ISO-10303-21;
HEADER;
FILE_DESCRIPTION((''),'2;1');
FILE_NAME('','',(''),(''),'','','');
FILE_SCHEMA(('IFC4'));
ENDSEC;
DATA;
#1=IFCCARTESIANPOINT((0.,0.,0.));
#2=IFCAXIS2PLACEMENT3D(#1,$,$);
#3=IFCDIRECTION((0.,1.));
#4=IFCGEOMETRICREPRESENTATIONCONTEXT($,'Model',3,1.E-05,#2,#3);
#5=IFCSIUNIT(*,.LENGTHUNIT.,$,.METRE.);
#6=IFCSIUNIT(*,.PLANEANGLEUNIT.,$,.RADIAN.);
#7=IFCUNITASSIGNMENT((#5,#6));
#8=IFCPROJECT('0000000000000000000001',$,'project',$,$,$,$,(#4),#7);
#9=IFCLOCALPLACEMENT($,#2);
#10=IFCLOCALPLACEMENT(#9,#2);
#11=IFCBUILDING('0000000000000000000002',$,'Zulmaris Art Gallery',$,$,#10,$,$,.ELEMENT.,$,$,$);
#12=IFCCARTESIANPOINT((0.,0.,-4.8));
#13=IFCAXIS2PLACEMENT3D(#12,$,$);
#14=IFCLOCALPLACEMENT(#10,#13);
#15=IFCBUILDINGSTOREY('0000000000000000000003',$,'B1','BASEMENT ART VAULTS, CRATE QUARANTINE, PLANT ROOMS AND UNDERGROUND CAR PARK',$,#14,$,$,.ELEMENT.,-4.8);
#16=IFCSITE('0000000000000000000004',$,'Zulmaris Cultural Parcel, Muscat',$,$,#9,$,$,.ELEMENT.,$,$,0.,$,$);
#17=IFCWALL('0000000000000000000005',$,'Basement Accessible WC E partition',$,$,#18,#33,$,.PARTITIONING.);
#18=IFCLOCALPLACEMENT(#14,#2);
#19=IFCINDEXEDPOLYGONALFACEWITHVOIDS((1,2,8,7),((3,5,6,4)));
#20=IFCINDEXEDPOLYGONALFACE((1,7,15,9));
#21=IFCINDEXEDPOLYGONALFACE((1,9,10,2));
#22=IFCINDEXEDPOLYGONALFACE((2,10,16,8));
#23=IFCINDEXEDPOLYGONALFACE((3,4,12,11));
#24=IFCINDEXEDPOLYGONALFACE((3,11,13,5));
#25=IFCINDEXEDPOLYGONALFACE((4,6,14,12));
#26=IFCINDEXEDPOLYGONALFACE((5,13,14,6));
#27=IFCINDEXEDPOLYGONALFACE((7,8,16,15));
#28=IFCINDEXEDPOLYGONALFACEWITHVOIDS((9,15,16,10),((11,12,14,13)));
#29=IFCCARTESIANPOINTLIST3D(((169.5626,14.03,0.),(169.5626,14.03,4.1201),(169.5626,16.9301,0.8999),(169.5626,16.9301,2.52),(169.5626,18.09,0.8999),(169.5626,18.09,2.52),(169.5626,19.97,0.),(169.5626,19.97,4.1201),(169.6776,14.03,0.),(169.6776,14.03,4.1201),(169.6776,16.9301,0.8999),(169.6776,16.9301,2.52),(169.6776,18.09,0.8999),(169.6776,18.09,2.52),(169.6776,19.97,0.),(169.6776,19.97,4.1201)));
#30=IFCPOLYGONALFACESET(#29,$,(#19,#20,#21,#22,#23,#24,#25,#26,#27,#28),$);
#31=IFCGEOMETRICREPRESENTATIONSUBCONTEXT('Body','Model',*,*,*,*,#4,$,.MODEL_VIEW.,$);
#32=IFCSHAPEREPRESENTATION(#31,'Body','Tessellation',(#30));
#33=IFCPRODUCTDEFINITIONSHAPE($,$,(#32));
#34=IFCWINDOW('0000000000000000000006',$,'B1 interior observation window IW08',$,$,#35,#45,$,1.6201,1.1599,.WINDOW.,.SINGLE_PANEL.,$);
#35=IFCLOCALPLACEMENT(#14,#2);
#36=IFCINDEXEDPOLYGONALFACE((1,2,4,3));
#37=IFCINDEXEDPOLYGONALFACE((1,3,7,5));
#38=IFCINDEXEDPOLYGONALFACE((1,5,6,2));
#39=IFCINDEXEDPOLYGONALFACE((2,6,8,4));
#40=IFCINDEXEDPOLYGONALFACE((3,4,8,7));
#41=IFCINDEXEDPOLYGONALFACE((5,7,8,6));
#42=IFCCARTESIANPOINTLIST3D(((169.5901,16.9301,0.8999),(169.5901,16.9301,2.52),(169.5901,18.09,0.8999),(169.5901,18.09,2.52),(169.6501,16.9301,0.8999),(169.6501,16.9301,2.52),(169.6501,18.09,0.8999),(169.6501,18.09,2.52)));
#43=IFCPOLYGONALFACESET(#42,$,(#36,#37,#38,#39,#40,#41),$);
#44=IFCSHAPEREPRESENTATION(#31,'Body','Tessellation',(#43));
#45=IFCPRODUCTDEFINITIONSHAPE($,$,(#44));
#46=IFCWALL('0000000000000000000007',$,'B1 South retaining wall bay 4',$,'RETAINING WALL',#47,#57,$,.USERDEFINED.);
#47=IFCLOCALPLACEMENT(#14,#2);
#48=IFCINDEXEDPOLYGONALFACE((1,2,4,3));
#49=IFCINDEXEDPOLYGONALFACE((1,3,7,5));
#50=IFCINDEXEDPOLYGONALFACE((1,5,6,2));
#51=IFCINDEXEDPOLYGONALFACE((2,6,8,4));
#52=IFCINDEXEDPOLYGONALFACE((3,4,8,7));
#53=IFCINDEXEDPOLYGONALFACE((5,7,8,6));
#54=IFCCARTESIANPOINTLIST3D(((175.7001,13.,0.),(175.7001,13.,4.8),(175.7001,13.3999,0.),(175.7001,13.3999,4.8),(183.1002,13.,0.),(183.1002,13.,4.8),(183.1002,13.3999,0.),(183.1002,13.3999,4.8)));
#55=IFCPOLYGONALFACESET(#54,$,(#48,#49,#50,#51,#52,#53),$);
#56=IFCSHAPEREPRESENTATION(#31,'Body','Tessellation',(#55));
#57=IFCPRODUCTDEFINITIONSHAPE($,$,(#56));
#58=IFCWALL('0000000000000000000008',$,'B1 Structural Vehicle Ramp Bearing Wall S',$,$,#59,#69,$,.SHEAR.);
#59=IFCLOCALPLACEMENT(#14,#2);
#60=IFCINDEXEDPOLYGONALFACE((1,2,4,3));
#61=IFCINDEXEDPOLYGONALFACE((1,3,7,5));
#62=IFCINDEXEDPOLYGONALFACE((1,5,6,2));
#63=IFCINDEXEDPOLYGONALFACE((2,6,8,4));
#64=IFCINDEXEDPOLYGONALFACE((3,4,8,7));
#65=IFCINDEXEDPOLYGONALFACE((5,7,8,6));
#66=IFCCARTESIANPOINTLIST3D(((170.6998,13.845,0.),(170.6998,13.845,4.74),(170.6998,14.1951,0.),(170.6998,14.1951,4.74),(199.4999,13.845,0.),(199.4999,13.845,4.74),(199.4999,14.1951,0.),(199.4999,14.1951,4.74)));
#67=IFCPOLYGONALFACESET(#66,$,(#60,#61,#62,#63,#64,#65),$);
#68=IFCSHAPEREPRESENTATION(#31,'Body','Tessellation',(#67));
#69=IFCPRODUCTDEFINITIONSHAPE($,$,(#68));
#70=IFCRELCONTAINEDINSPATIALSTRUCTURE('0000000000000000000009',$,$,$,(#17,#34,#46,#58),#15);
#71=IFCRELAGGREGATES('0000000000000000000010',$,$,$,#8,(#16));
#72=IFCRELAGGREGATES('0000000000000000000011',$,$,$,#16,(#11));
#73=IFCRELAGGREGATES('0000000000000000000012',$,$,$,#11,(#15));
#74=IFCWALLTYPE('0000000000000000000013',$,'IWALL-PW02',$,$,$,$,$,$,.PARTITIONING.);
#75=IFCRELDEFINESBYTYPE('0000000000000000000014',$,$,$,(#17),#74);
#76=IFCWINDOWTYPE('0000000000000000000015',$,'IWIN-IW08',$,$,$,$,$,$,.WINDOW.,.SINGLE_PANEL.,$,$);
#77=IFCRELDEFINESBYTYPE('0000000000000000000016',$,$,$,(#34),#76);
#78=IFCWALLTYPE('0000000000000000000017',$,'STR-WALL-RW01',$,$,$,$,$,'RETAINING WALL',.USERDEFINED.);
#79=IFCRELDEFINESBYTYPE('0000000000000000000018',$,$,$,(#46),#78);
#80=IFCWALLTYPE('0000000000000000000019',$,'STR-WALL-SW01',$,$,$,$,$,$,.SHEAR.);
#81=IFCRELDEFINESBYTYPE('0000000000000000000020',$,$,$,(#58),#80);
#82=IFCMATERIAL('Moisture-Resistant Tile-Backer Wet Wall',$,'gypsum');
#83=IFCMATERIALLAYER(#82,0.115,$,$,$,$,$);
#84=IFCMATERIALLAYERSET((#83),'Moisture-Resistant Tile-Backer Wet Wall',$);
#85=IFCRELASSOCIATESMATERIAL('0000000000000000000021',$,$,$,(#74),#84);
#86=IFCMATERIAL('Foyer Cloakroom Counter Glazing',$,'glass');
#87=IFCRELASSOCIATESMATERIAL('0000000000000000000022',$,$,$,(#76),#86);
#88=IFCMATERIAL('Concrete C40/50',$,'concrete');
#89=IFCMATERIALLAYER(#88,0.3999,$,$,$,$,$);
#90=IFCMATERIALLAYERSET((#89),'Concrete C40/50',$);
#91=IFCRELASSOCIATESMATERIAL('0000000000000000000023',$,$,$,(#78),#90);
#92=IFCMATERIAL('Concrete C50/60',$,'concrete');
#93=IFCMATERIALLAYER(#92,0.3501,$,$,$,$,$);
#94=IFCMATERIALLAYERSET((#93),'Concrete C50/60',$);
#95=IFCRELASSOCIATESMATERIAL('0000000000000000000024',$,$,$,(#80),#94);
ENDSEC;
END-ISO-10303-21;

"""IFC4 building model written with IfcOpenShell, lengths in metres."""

from ifc_helpers import new_model, si_unit, direction, frame, frame_2d, origin, place, context, subcontext, project, spatial, rectangle, extrude, material, layer, layer_set, type_object, element, fill, save


model = new_model("IFC4")

# Units and contexts
model_context = context("Model", 3, precision=1e-05, world=origin(), true_north=direction((0.0, 1.0)))
body_context = subcontext(model_context, "Body", "Model", "MODEL_VIEW")
ifc_project = project(units=[si_unit("LENGTHUNIT", "METRE"), si_unit("PLANEANGLEUNIT", "RADIAN")], contexts=[model_context])

# Site, building, storey
site_placement = place(None, origin())
site = spatial("IfcSite", under=ifc_project, at=site_placement, Name="Zulmaris Cultural Parcel, Muscat", CompositionType="ELEMENT", RefElevation=0.0)
building_placement = place(site_placement, origin())
building = spatial("IfcBuilding", under=site, at=building_placement, Name="Zulmaris Art Gallery", CompositionType="ELEMENT")
storey_placement = place(building_placement, frame((0.0, 0.0, -4.8)))
storey = spatial("IfcBuildingStorey", under=building, at=storey_placement, Name="B1", Description="BASEMENT ART VAULTS, CRATE QUARANTINE, PLANT ROOMS AND UNDERGROUND CAR PARK", CompositionType="ELEMENT", Elevation=-4.8)

# Shared definitions
ifc_material_1 = material(Name="Concrete C40/50", Category="concrete")

# Shared definitions
ifc_material_2 = material(Name="Concrete C50/60", Category="concrete")

# Wall, opening, window
ifc_material_3 = material(Name="Moisture-Resistant Tile-Backer Wet Wall", Category="gypsum")
ifc_layer_1 = layer(ifc_material_3, 0.115)
ifc_layer_set_1 = layer_set([ifc_layer_1], Name="Moisture-Resistant Tile-Backer Wet Wall")
wall_type_1 = type_object("IfcWallType", Name="IWALL-PW02", PredefinedType="PARTITIONING", material=ifc_layer_set_1)
wall_1_placement = place(storey_placement, frame((169.6201, 14.03, 0.0), z_axis=(0.0, 0.0, 1.0), x_axis=(0.0, 1.0, 0.0)))
wall_1 = element("IfcWall", 1, at=wall_1_placement, inside=storey, type_object=wall_type_1, Name="Basement Accessible WC E partition", PredefinedType="PARTITIONING", context=body_context, shape_type="SweptSolid", body=[
    extrude(rectangle(XDim=5.9399, YDim=0.115, at=frame_2d((2.97, 0.0))), origin(), (0.0, 0.0, 1.0), 4.1201),
])
opening_placement = place(wall_1_placement, frame((2.8999, 0.0, 0.8999)))
opening = element("IfcOpeningElement", 2, at=opening_placement, cuts=wall_1, PredefinedType="OPENING", context=body_context, shape_type="SweptSolid", body=[
    extrude(rectangle(XDim=1.1599, YDim=1.6201, at=frame_2d((0.5801, 0.8101))), frame((0.0, 0.0674, 0.0), z_axis=(0.0, -1.0, 0.0), x_axis=(1.0, 0.0, 0.0)), (0.0, 0.0, 1.0), 0.135),
])
ifc_material_4 = material(Name="Foyer Cloakroom Counter Glazing", Category="glass")
window_type = type_object("IfcWindowType", Name="IWIN-IW08", PartitioningType="SINGLE_PANEL", PredefinedType="WINDOW", material=ifc_material_4)
window_placement = place(opening_placement, origin())
window = element("IfcWindow", 3, at=window_placement, inside=storey, type_object=window_type, Name="B1 interior observation window IW08", OverallHeight=1.6201, OverallWidth=1.1599, PartitioningType="SINGLE_PANEL", PredefinedType="WINDOW", context=body_context, shape_type="SweptSolid", body=[
    extrude(rectangle(XDim=1.1599, YDim=1.6201, at=frame_2d((0.5801, 0.8101))), frame((0.0, 0.03, 0.0), z_axis=(0.0, -1.0, 0.0), x_axis=(1.0, 0.0, 0.0)), (0.0, 0.0, 1.0), 0.0601),
])
fill(opening, window)

# Walls
ifc_layer_2 = layer(ifc_material_1, 0.3999)
ifc_layer_set_2 = layer_set([ifc_layer_2], Name="Concrete C40/50")
wall_type_2 = type_object("IfcWallType", Name="STR-WALL-RW01", ElementType="RETAINING WALL", PredefinedType="USERDEFINED", material=ifc_layer_set_2)
wall_2_placement = place(storey_placement, frame((175.7, 13.2, 0.0), z_axis=(0.0, 0.0, 1.0), x_axis=(1.0, 0.0, 0.0)))
element("IfcWall", 4, at=wall_2_placement, inside=storey, type_object=wall_type_2, Name="B1 South retaining wall bay 4", ObjectType="RETAINING WALL", PredefinedType="USERDEFINED", context=body_context, shape_type="SweptSolid", body=[
    extrude(rectangle(XDim=7.4001, YDim=0.3999, at=frame_2d((3.7002, 0.0))), origin(), (0.0, 0.0, 1.0), 4.8),
])
ifc_layer_3 = layer(ifc_material_2, 0.3501)
ifc_layer_set_3 = layer_set([ifc_layer_3], Name="Concrete C50/60")
wall_type_3 = type_object("IfcWallType", Name="STR-WALL-SW01", PredefinedType="SHEAR", material=ifc_layer_set_3)
wall_3_placement = place(storey_placement, frame((170.7, 14.02, 0.0), z_axis=(0.0, 0.0, 1.0), x_axis=(1.0, 0.0, 0.0)))
element("IfcWall", 5, at=wall_3_placement, inside=storey, type_object=wall_type_3, Name="B1 Structural Vehicle Ramp Bearing Wall S", PredefinedType="SHEAR", context=body_context, shape_type="SweptSolid", body=[
    extrude(rectangle(XDim=28.8, YDim=0.3501, at=frame_2d((14.3999, 0.0))), origin(), (0.0, 0.0, 1.0), 4.74),
])

save(model, "model.ifc")
